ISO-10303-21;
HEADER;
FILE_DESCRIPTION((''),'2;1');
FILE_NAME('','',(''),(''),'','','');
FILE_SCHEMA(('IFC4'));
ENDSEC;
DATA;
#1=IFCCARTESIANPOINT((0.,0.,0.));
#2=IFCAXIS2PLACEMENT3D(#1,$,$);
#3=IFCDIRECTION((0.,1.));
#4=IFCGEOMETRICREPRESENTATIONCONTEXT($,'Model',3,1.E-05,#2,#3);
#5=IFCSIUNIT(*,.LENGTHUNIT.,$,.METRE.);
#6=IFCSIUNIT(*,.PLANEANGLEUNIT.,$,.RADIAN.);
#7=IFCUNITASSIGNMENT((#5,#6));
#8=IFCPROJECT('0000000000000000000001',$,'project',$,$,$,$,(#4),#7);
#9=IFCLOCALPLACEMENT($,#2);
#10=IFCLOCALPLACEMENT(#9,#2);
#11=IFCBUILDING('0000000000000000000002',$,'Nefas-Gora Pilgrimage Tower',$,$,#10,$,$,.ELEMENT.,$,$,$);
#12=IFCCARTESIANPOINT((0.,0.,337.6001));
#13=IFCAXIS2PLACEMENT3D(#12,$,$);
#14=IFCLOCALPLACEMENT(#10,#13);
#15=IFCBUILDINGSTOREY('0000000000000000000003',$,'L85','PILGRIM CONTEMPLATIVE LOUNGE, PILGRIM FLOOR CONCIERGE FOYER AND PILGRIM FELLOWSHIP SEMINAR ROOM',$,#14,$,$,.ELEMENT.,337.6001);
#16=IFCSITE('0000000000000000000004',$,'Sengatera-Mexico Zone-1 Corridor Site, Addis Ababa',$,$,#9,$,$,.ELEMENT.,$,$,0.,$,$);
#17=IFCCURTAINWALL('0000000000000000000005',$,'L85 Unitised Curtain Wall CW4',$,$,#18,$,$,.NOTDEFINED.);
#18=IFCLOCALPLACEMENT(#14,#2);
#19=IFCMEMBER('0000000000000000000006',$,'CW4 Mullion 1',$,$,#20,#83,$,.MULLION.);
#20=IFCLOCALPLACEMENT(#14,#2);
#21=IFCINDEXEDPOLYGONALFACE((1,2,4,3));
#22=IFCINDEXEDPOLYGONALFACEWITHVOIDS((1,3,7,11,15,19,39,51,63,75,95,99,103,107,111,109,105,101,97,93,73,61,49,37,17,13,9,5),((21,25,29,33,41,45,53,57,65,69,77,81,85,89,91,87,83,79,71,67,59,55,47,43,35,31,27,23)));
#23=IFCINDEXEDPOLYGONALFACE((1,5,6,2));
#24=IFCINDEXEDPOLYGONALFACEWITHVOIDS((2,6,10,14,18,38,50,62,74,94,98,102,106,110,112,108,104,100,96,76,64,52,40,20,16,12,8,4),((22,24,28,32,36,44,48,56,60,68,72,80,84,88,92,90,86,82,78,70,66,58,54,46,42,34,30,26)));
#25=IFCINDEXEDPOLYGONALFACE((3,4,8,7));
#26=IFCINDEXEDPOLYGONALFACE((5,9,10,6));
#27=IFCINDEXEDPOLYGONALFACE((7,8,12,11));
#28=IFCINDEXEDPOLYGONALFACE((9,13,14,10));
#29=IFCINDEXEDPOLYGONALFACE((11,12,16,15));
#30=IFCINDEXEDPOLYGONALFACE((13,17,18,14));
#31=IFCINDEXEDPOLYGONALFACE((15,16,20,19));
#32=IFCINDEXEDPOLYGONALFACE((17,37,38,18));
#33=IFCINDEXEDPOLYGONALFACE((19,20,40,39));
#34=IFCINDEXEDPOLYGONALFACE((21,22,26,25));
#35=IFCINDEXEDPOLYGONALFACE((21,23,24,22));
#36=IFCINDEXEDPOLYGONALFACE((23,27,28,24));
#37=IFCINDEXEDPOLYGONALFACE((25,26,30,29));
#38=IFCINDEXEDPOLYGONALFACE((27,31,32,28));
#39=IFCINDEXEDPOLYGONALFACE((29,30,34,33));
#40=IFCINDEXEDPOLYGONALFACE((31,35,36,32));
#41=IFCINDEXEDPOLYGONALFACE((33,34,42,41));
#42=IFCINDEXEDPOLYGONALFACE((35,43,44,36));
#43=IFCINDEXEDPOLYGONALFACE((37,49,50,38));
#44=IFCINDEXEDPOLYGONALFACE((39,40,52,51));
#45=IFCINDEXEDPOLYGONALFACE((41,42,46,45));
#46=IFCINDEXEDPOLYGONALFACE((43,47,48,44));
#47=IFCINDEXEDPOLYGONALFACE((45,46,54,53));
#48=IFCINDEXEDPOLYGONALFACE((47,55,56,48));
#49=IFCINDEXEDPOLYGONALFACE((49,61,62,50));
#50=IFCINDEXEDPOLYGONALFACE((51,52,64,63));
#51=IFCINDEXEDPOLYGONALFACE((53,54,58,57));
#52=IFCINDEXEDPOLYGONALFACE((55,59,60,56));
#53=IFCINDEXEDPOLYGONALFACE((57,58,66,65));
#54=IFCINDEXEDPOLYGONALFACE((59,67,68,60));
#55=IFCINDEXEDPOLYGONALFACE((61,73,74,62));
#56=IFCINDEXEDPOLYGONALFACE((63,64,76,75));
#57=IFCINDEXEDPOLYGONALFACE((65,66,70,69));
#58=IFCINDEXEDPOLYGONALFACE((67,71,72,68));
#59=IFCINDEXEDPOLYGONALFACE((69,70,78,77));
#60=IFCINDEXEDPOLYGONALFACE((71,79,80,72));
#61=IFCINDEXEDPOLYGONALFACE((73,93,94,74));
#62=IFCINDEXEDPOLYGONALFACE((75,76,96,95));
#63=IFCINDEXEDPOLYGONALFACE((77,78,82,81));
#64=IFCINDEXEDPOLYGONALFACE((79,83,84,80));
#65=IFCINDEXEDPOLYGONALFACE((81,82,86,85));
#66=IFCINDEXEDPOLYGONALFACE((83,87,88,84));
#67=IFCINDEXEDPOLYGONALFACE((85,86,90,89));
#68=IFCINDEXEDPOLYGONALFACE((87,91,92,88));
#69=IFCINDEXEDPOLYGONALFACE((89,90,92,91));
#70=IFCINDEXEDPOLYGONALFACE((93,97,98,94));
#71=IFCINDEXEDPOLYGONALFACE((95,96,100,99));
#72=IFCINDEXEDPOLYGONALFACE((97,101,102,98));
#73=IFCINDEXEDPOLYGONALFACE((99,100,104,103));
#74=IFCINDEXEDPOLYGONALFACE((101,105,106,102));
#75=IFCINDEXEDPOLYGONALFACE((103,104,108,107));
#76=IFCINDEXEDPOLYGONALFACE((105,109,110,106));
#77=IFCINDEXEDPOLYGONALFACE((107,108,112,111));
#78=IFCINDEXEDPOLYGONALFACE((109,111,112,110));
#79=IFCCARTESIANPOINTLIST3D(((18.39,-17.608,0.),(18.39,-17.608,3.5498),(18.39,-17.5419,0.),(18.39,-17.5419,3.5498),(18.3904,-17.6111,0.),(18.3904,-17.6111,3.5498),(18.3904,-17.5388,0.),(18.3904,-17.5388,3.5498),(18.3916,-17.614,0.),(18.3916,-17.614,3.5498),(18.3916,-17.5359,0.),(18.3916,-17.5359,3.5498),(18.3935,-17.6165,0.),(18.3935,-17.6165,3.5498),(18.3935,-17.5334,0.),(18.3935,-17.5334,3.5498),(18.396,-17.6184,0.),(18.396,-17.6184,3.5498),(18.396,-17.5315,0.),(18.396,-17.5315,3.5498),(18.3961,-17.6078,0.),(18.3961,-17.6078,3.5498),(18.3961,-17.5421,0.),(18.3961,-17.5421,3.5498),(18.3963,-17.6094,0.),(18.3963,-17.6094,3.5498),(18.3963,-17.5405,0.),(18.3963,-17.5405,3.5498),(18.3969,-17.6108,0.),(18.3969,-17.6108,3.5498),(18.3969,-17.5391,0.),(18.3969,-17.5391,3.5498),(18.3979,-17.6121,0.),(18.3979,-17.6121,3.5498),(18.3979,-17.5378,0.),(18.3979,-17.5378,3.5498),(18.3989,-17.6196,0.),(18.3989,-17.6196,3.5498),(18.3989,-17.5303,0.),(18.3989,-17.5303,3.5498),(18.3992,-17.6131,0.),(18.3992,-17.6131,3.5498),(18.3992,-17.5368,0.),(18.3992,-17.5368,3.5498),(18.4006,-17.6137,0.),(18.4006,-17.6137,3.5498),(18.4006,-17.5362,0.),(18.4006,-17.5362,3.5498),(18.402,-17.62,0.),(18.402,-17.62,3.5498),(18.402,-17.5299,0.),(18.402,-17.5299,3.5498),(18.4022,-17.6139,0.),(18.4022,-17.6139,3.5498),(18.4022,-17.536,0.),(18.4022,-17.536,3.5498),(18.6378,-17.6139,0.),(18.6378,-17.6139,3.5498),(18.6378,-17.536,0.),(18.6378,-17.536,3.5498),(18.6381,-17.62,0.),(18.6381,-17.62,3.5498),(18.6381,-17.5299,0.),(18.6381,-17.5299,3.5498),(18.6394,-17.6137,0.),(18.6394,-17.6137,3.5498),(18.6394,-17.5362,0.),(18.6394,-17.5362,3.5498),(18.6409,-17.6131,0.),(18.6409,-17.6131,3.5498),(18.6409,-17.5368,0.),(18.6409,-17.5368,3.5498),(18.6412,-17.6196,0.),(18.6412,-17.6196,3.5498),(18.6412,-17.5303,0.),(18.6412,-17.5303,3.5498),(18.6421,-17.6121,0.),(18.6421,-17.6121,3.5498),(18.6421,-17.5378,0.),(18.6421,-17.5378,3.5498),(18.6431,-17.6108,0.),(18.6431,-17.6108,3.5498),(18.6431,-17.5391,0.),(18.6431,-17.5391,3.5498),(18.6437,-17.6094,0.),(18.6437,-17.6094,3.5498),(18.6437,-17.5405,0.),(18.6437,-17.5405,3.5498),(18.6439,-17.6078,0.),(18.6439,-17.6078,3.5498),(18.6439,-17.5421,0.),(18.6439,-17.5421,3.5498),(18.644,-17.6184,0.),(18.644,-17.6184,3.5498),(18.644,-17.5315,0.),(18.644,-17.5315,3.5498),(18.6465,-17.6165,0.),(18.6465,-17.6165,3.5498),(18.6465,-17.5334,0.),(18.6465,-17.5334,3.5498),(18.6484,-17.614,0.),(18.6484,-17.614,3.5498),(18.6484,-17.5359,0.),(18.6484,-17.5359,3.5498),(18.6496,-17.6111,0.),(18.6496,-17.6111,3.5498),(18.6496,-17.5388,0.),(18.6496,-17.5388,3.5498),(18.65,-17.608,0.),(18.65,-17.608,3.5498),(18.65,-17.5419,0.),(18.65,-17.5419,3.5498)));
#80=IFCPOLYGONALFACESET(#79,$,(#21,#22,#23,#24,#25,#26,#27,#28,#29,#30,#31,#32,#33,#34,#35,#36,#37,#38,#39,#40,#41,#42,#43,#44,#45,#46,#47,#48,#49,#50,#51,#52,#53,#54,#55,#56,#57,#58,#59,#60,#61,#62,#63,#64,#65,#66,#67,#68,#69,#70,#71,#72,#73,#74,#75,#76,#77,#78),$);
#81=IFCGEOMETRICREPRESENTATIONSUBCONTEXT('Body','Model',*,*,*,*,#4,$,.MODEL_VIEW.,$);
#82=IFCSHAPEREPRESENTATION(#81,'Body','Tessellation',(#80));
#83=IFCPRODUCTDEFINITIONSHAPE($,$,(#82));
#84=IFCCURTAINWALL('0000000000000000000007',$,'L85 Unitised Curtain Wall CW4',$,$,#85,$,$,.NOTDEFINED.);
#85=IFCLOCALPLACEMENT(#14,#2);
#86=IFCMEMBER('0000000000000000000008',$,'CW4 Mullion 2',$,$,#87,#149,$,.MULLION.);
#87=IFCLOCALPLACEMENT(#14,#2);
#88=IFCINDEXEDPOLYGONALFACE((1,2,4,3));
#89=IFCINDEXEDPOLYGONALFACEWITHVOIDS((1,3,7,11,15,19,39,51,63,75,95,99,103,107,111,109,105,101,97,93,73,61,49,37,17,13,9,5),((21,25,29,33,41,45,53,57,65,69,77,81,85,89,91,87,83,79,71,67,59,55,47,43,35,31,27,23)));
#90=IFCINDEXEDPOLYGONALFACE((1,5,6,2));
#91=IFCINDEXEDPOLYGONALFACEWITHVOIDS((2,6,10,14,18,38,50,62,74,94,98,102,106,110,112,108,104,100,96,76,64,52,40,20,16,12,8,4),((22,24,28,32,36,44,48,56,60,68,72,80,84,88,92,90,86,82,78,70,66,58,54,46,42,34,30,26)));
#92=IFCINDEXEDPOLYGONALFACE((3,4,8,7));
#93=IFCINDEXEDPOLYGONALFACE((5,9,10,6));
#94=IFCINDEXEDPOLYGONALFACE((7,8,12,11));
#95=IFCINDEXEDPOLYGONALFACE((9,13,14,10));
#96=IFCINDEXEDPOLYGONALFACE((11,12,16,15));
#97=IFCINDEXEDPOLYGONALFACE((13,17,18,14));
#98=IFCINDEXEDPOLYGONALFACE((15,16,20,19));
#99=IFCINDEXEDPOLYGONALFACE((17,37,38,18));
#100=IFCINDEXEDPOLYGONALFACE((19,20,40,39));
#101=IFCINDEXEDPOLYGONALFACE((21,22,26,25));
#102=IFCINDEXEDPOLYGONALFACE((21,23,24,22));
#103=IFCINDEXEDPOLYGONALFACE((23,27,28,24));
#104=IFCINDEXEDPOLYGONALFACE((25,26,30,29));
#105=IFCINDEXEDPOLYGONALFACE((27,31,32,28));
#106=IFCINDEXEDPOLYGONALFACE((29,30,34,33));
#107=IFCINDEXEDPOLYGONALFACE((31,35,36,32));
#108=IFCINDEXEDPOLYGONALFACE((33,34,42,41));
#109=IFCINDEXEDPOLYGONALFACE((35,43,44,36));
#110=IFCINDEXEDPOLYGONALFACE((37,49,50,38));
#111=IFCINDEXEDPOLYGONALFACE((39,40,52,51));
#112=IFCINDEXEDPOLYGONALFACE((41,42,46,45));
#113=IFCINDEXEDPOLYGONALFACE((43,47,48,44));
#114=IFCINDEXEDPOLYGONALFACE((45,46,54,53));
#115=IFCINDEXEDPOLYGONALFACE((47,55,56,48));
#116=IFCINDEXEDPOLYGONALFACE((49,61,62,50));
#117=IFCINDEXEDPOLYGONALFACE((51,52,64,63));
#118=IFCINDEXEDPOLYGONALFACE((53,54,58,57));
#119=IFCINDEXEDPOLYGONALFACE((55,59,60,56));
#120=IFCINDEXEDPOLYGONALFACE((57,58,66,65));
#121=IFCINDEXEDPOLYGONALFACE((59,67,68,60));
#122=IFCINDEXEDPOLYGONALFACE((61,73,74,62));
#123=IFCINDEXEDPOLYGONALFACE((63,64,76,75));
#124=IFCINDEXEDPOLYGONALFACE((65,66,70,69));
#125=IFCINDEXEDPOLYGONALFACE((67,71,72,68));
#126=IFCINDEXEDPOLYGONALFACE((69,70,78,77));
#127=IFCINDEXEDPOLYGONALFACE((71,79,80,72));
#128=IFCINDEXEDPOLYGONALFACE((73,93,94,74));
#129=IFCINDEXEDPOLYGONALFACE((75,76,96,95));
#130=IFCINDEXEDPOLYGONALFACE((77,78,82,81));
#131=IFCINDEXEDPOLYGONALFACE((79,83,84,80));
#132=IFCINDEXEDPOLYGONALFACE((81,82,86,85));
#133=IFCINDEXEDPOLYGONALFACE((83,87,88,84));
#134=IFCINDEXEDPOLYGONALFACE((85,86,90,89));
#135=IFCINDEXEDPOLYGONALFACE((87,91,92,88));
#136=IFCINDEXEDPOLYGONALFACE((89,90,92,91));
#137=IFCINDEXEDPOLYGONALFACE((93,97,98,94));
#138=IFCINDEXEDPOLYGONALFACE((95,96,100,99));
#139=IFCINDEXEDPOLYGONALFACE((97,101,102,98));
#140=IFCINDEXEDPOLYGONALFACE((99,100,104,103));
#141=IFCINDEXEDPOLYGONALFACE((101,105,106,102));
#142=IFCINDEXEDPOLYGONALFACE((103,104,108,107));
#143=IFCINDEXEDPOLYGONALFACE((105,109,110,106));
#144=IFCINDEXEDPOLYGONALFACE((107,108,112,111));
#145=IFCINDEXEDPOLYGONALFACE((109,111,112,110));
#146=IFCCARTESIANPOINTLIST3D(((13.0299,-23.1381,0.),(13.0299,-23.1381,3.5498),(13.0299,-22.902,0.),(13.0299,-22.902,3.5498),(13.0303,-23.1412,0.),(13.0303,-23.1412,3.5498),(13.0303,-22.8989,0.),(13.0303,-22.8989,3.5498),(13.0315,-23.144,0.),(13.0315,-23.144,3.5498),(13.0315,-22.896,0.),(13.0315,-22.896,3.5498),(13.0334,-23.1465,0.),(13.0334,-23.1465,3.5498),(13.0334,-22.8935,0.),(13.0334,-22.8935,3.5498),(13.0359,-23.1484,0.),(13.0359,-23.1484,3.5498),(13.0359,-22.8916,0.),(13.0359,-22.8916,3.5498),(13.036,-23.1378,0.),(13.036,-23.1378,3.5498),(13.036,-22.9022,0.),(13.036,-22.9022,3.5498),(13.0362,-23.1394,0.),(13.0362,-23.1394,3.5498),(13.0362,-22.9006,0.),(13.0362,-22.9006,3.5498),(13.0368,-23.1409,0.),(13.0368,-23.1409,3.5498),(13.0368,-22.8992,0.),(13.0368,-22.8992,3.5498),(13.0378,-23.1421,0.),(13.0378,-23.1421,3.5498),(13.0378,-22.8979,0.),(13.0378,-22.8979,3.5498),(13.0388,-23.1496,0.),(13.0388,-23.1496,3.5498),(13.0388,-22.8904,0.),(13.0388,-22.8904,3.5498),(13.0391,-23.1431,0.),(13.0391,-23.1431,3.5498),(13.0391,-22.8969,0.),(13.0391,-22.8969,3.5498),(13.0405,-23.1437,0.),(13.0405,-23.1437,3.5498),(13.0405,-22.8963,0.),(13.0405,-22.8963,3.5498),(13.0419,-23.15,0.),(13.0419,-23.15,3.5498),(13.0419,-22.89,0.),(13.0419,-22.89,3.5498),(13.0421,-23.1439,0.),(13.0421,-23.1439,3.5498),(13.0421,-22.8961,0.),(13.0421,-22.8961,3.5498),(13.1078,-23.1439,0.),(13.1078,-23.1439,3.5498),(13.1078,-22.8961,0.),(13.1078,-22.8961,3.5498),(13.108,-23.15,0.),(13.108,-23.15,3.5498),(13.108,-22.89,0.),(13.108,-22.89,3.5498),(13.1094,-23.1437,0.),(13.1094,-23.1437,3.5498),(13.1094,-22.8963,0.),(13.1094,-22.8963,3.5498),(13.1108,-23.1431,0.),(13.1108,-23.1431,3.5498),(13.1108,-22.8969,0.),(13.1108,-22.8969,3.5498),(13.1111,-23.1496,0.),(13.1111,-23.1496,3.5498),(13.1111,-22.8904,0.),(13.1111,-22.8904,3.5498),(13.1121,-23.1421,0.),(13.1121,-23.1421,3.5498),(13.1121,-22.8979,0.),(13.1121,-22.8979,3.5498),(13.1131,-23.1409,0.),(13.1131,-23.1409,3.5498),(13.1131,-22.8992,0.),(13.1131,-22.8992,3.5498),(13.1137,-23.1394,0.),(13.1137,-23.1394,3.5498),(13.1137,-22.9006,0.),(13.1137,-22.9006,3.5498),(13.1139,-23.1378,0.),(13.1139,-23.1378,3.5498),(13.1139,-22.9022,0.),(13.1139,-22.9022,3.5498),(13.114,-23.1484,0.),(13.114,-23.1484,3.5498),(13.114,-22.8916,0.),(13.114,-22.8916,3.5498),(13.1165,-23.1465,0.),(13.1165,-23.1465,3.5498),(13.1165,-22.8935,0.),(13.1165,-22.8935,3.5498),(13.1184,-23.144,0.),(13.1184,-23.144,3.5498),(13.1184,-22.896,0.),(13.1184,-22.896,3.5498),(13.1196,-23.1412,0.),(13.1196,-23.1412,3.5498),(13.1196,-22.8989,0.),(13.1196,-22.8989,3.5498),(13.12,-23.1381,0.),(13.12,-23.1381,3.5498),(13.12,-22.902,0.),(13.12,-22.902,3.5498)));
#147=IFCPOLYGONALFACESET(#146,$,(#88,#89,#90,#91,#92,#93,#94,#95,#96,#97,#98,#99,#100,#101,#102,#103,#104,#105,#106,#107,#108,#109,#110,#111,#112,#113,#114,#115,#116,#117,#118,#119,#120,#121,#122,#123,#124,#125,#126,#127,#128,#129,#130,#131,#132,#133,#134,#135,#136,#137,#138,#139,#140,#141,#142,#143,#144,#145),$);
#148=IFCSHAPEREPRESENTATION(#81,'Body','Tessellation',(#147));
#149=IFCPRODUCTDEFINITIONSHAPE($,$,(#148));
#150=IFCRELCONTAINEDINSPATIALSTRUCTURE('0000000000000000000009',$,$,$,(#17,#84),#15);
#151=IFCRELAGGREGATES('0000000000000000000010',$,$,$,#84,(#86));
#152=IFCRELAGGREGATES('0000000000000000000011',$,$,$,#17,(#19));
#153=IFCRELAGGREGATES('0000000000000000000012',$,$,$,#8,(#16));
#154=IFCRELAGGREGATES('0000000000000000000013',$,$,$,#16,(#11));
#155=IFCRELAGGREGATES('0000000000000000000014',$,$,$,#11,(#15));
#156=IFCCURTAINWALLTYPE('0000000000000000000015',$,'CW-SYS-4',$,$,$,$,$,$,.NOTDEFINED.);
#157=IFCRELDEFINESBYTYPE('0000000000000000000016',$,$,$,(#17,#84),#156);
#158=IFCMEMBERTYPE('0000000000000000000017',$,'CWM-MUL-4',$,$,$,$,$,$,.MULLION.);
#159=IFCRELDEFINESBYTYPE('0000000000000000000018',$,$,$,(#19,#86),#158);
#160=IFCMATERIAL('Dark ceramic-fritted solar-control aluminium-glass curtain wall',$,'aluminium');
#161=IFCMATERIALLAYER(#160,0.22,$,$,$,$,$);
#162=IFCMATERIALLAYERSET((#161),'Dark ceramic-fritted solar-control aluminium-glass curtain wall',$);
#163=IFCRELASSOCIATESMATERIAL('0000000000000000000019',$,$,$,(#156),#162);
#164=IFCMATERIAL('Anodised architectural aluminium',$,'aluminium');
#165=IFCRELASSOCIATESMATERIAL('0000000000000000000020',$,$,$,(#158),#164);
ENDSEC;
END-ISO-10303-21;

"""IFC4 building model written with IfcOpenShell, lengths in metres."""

from ifc_helpers import new_model, si_unit, direction, frame, origin, origin_2d, place, context, subcontext, project, spatial, hollow_rectangle, extrude, source, transform, mapped, material, layer, layer_set, material_profile, profile_set, type_object, element, aggregate, save


model = new_model("IFC4")

# Units and contexts
model_context = context("Model", 3, precision=1e-05, world=origin(), true_north=direction((0.0, 1.0)))
body_context = subcontext(model_context, "Body", "Model", "MODEL_VIEW")
ifc_project = project(units=[si_unit("LENGTHUNIT", "METRE"), si_unit("PLANEANGLEUNIT", "RADIAN")], contexts=[model_context])

# Site, building, storey
site_placement = place(None, origin())
site = spatial("IfcSite", under=ifc_project, at=site_placement, Name="Sengatera-Mexico Zone-1 Corridor Site, Addis Ababa", CompositionType="ELEMENT", RefElevation=0.0)
building_placement = place(site_placement, origin())
building = spatial("IfcBuilding", under=site, at=building_placement, Name="Nefas-Gora Pilgrimage Tower", CompositionType="ELEMENT")
storey_placement = place(building_placement, frame((0.0, 0.0, 337.6001)))
storey = spatial("IfcBuildingStorey", under=building, at=storey_placement, Name="L85", Description="PILGRIM CONTEMPLATIVE LOUNGE, PILGRIM FLOOR CONCIERGE FOYER AND PILGRIM FELLOWSHIP SEMINAR ROOM", CompositionType="ELEMENT", Elevation=337.6001)

# Curtain walls, members
ifc_material_1 = material(Name="Dark ceramic-fritted solar-control aluminium-glass curtain wall", Category="aluminium")
ifc_layer_1 = layer(ifc_material_1, 0.22)
ifc_layer_set_1 = layer_set([ifc_layer_1], Name="Dark ceramic-fritted solar-control aluminium-glass curtain wall")
curtain_wall_type = type_object("IfcCurtainWallType", Name="CW-SYS-4", PredefinedType="NOTDEFINED", material=ifc_layer_set_1)
curtain_wall_1_placement = place(storey_placement, origin())
curtain_wall_1 = element("IfcCurtainWall", 1, at=curtain_wall_1_placement, inside=storey, type_object=curtain_wall_type, Name="L85 Unitised Curtain Wall CW4", PredefinedType="NOTDEFINED")
ifc_material_2 = material(Name="Anodised architectural aluminium", Category="aluminium")
ifc_material_profile_1 = material_profile(ifc_material_2, hollow_rectangle(XDim=0.0901, YDim=0.26, WallThickness=0.0061, InnerFilletRadius=0.0061, OuterFilletRadius=0.012, at=origin_2d()), Name="ALU MULLION 90x260")
ifc_profile_set_1 = profile_set([ifc_material_profile_1], Name="Anodised architectural aluminium")
member_type_1 = type_object("IfcMemberType", Name="CWM-MUL-4", PredefinedType="MULLION", material=ifc_profile_set_1)
shared_shape_1 = source(origin(), body_context, "Body", "SweptSolid", [
    extrude(hollow_rectangle(XDim=0.0901, YDim=0.26, WallThickness=0.0061, InnerFilletRadius=0.0061, OuterFilletRadius=0.012, at=origin_2d()), origin(), (0.0, 0.0, 1.0), 3.5498),
])
member_1_placement = place(storey_placement, frame((18.52, -17.575, 0.0), z_axis=(0.0, 0.0, 1.0), x_axis=(0.0, 1.0, 0.0)))
member_1 = element("IfcMember", 2, at=member_1_placement, type_object=member_type_1, Name="CW4 Mullion 1", PredefinedType="MULLION", context=body_context, shape_type="MappedRepresentation", body=[
    mapped(shared_shape_1, transform((0.0, 0.0, 0.0), x_axis=(1.0, 0.0, 0.0), y_axis=(0.0, 1.0, 0.0), z_axis=(0.0, 0.0, 1.0), scale=1.0)),
])
curtain_wall_2_placement = place(storey_placement, origin())
curtain_wall_2 = element("IfcCurtainWall", 3, at=curtain_wall_2_placement, inside=storey, type_object=curtain_wall_type, Name="L85 Unitised Curtain Wall CW4", PredefinedType="NOTDEFINED")
member_2_placement = place(storey_placement, frame((13.075, -23.02, 0.0), z_axis=(0.0, 0.0, 1.0), x_axis=(1.0, 0.0, 0.0)))
member_2 = element("IfcMember", 4, at=member_2_placement, type_object=member_type_1, Name="CW4 Mullion 2", PredefinedType="MULLION", context=body_context, shape_type="MappedRepresentation", body=[
    mapped(shared_shape_1, transform((0.0, 0.0, 0.0), x_axis=(1.0, 0.0, 0.0), y_axis=(0.0, 1.0, 0.0), z_axis=(0.0, 0.0, 1.0), scale=1.0)),
])
aggregate(curtain_wall_2, [member_2])

aggregate(curtain_wall_1, [member_1])

save(model, "model.ifc")
